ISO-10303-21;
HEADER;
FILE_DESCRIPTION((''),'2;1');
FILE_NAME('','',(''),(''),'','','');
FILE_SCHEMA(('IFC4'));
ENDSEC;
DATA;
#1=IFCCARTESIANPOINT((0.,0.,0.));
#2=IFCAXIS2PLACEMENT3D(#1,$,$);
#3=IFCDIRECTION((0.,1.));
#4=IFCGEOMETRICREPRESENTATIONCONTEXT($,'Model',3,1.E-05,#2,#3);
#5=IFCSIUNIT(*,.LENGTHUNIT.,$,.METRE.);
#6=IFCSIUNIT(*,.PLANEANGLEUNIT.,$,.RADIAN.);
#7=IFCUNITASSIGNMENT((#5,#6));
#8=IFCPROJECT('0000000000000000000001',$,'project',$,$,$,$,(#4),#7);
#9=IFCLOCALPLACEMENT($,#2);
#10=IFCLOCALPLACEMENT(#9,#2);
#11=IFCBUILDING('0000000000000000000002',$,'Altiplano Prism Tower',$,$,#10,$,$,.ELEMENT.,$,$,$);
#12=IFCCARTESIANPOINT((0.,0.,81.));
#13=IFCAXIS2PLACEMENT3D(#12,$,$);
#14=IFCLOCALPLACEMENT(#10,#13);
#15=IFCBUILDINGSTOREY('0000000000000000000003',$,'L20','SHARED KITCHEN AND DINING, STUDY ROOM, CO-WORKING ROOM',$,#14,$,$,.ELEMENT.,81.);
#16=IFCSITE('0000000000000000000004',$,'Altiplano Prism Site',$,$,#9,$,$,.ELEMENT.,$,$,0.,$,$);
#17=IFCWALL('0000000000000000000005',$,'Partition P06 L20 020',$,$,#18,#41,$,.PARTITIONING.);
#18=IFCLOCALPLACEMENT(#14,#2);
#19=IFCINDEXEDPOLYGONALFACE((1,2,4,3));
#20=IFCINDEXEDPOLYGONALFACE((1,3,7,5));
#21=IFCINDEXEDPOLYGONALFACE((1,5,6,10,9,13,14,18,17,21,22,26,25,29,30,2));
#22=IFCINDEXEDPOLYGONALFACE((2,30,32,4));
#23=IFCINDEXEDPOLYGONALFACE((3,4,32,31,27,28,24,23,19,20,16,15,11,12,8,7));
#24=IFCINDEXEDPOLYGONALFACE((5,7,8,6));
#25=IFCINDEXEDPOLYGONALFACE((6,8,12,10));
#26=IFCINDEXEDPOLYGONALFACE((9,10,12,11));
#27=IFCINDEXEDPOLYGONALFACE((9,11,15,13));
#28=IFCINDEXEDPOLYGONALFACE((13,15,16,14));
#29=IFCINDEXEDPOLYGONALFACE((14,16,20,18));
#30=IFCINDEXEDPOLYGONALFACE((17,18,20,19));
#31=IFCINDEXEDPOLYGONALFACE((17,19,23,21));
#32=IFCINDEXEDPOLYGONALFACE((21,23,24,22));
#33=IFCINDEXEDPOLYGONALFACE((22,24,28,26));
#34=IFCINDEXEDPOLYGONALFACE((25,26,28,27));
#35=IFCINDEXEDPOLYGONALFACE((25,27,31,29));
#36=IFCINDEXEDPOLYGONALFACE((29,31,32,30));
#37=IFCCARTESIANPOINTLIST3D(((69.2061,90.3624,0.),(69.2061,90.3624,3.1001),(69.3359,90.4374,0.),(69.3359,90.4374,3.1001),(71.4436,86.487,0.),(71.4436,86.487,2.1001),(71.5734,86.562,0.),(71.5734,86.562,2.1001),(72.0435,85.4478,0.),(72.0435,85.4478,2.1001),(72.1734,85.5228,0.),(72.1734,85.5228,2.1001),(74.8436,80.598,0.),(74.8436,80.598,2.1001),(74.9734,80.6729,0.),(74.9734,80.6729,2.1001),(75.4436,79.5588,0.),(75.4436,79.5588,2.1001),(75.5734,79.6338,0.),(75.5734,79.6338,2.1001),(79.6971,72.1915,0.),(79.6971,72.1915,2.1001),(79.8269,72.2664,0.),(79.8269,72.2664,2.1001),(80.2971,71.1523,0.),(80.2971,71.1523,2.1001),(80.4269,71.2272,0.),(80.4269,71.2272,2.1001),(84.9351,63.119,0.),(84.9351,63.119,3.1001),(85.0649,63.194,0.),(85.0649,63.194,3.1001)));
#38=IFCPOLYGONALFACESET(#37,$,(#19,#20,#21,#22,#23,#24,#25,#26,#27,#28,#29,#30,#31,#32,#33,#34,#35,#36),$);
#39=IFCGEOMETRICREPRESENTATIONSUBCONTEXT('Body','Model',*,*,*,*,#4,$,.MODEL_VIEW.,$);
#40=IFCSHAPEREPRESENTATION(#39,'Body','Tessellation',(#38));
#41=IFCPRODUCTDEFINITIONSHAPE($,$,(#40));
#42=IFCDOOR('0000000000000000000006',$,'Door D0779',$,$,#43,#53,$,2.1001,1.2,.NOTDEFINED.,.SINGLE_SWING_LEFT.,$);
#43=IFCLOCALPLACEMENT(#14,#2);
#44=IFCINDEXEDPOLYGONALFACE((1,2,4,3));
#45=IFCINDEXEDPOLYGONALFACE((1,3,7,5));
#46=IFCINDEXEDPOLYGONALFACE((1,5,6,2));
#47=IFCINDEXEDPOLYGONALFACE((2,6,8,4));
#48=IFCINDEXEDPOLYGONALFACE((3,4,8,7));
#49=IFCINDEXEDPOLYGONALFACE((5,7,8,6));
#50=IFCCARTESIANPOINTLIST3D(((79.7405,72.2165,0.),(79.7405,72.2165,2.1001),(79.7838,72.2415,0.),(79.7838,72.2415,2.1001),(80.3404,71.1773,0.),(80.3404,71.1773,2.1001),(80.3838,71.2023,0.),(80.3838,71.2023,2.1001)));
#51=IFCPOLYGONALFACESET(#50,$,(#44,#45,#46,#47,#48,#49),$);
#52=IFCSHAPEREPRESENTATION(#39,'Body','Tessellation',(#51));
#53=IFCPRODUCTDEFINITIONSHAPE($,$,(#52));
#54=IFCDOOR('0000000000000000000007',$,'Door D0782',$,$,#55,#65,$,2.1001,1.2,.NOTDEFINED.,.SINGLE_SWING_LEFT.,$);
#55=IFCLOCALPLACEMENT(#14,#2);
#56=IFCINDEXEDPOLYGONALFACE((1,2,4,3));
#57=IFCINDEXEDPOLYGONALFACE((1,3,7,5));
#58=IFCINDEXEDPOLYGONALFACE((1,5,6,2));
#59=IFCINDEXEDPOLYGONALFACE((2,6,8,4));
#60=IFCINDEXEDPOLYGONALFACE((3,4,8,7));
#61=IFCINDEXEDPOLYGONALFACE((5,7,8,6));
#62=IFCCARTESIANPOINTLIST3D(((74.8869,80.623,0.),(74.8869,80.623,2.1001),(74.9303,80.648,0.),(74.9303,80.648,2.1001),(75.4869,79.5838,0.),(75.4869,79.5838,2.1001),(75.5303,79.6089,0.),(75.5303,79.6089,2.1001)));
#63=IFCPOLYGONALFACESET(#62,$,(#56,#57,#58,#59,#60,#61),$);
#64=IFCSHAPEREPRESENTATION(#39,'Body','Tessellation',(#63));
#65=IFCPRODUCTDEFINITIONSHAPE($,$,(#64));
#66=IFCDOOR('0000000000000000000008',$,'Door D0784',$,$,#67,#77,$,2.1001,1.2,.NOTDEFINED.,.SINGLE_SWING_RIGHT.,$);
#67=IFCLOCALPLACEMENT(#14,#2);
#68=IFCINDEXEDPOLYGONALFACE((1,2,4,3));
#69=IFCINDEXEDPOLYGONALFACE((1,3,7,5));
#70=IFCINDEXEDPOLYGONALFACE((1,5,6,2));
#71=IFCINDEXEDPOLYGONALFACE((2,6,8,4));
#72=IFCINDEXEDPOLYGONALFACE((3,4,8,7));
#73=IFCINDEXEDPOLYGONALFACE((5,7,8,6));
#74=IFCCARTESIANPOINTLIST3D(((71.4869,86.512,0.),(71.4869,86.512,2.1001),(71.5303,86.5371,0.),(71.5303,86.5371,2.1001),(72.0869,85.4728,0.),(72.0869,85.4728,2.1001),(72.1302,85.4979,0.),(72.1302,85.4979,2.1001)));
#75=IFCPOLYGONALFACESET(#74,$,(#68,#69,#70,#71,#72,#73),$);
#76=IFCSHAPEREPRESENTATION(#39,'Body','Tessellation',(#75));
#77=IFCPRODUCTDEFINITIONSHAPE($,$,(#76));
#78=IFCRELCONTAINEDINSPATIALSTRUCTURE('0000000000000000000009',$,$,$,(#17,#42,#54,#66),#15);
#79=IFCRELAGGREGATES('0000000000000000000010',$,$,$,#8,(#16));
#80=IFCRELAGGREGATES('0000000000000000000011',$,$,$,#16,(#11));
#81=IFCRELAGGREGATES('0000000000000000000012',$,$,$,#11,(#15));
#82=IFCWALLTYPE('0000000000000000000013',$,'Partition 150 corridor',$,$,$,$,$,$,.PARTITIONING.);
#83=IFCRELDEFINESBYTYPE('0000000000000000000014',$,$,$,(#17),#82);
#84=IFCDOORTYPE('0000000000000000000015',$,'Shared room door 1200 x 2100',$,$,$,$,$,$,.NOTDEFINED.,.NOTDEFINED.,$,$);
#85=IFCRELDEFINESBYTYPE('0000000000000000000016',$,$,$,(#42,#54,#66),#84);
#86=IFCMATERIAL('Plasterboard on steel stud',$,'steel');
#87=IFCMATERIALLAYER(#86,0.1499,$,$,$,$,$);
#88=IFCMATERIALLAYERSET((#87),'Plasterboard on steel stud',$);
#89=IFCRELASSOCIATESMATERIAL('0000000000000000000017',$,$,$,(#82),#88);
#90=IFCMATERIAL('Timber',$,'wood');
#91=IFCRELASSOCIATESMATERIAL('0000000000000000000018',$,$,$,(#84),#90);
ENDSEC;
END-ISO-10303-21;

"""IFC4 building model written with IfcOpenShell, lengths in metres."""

from ifc_helpers import new_model, si_unit, direction, frame, frame_2d, origin, place, context, subcontext, project, spatial, rectangle, extrude, material, layer, layer_set, type_object, element, fill, save


model = new_model("IFC4")

# Units and contexts
model_context = context("Model", 3, precision=1e-05, world=origin(), true_north=direction((0.0, 1.0)))
body_context = subcontext(model_context, "Body", "Model", "MODEL_VIEW")
ifc_project = project(units=[si_unit("LENGTHUNIT", "METRE"), si_unit("PLANEANGLEUNIT", "RADIAN")], contexts=[model_context])

# Site, building, storey
site_placement = place(None, origin())
site = spatial("IfcSite", under=ifc_project, at=site_placement, Name="Altiplano Prism Site", CompositionType="ELEMENT", RefElevation=0.0)
building_placement = place(site_placement, origin())
building = spatial("IfcBuilding", under=site, at=building_placement, Name="Altiplano Prism Tower", CompositionType="ELEMENT")
storey_placement = place(building_placement, frame((0.0, 0.0, 81.0)))
storey = spatial("IfcBuildingStorey", under=building, at=storey_placement, Name="L20", Description="SHARED KITCHEN AND DINING, STUDY ROOM, CO-WORKING ROOM", CompositionType="ELEMENT", Elevation=81.0)

# Shared definitions
ifc_material_1 = material(Name="Plasterboard on steel stud", Category="steel")
ifc_layer_1 = layer(ifc_material_1, 0.1499)
ifc_layer_set_1 = layer_set([ifc_layer_1], Name="Plasterboard on steel stud")
wall_type_1 = type_object("IfcWallType", Name="Partition 150 corridor", PredefinedType="PARTITIONING", material=ifc_layer_set_1)

# Wall, openings, doors
ifc_material_2 = material(Name="Timber", Category="wood")
door_type_1 = type_object("IfcDoorType", Name="Shared room door 1200 x 2100", OperationType="NOTDEFINED", PredefinedType="NOTDEFINED", material=ifc_material_2)
wall_1_placement = place(storey_placement, frame((85.0, 63.1565, 0.0), z_axis=(0.0, 0.0, 1.0), x_axis=(-0.5, 0.866025, 0.0)))
wall_1 = element("IfcWall", 1, at=wall_1_placement, inside=storey, type_object=wall_type_1, Name="Partition P06 L20 020", PredefinedType="PARTITIONING", context=body_context, shape_type="SweptSolid", body=[
    extrude(rectangle(XDim=31.458, YDim=0.1499, at=frame_2d((15.729, 0.0))), origin(), (0.0, 0.0, 1.0), 3.1001),
])
opening_1_placement = place(wall_1_placement, frame((9.2759, 0.0, 0.0)))
opening_1 = element("IfcOpeningElement", 2, at=opening_1_placement, cuts=wall_1, PredefinedType="OPENING", context=body_context, shape_type="SweptSolid", body=[
    extrude(rectangle(XDim=1.2, YDim=2.1001, at=frame_2d((0.6001, 1.05))), frame((0.0, 0.0854, 0.0), z_axis=(0.0, -1.0, 0.0), x_axis=(1.0, 0.0, 0.0)), (0.0, 0.0, 1.0), 0.1709),
])
opening_2_placement = place(wall_1_placement, frame((18.9829, 0.0, 0.0)))
opening_2 = element("IfcOpeningElement", 3, at=opening_2_placement, cuts=wall_1, PredefinedType="OPENING", context=body_context, shape_type="SweptSolid", body=[
    extrude(rectangle(XDim=1.2, YDim=2.1001, at=frame_2d((0.6001, 1.05))), frame((0.0, 0.0854, 0.0), z_axis=(0.0, -1.0, 0.0), x_axis=(1.0, 0.0, 0.0)), (0.0, 0.0, 1.0), 0.1709),
])
opening_3_placement = place(wall_1_placement, frame((25.783, 0.0, 0.0)))
opening_3 = element("IfcOpeningElement", 4, at=opening_3_placement, cuts=wall_1, PredefinedType="OPENING", context=body_context, shape_type="SweptSolid", body=[
    extrude(rectangle(XDim=1.2, YDim=2.1001, at=frame_2d((0.6001, 1.05))), frame((0.0, 0.0854, 0.0), z_axis=(0.0, -1.0, 0.0), x_axis=(1.0, 0.0, 0.0)), (0.0, 0.0, 1.0), 0.1709),
])
door_1_placement = place(opening_1_placement, origin())
door_1 = element("IfcDoor", 5, at=door_1_placement, inside=storey, type_object=door_type_1, Name="Door D0779", OperationType="SINGLE_SWING_LEFT", OverallHeight=2.1001, OverallWidth=1.2, PredefinedType="NOTDEFINED", context=body_context, shape_type="SweptSolid", body=[
    extrude(rectangle(XDim=1.2, YDim=2.1001, at=frame_2d((0.6001, 1.05))), frame((0.0, 0.0249, 0.0), z_axis=(0.0, -1.0, 0.0), x_axis=(1.0, 0.0, 0.0)), (0.0, 0.0, 1.0), 0.05),
])
fill(opening_1, door_1)
door_2_placement = place(opening_2_placement, origin())
door_2 = element("IfcDoor", 6, at=door_2_placement, inside=storey, type_object=door_type_1, Name="Door D0782", OperationType="SINGLE_SWING_LEFT", OverallHeight=2.1001, OverallWidth=1.2, PredefinedType="NOTDEFINED", context=body_context, shape_type="SweptSolid", body=[
    extrude(rectangle(XDim=1.2, YDim=2.1001, at=frame_2d((0.6001, 1.05))), frame((0.0, 0.0249, 0.0), z_axis=(0.0, -1.0, 0.0), x_axis=(1.0, 0.0, 0.0)), (0.0, 0.0, 1.0), 0.05),
])
fill(opening_2, door_2)
door_3_placement = place(opening_3_placement, origin())
door_3 = element("IfcDoor", 7, at=door_3_placement, inside=storey, type_object=door_type_1, Name="Door D0784", OperationType="SINGLE_SWING_RIGHT", OverallHeight=2.1001, OverallWidth=1.2, PredefinedType="NOTDEFINED", context=body_context, shape_type="SweptSolid", body=[
    extrude(rectangle(XDim=1.2, YDim=2.1001, at=frame_2d((0.6001, 1.05))), frame((0.0, 0.0249, 0.0), z_axis=(0.0, -1.0, 0.0), x_axis=(1.0, 0.0, 0.0)), (0.0, 0.0, 1.0), 0.05),
])
fill(opening_3, door_3)

save(model, "model.ifc")
